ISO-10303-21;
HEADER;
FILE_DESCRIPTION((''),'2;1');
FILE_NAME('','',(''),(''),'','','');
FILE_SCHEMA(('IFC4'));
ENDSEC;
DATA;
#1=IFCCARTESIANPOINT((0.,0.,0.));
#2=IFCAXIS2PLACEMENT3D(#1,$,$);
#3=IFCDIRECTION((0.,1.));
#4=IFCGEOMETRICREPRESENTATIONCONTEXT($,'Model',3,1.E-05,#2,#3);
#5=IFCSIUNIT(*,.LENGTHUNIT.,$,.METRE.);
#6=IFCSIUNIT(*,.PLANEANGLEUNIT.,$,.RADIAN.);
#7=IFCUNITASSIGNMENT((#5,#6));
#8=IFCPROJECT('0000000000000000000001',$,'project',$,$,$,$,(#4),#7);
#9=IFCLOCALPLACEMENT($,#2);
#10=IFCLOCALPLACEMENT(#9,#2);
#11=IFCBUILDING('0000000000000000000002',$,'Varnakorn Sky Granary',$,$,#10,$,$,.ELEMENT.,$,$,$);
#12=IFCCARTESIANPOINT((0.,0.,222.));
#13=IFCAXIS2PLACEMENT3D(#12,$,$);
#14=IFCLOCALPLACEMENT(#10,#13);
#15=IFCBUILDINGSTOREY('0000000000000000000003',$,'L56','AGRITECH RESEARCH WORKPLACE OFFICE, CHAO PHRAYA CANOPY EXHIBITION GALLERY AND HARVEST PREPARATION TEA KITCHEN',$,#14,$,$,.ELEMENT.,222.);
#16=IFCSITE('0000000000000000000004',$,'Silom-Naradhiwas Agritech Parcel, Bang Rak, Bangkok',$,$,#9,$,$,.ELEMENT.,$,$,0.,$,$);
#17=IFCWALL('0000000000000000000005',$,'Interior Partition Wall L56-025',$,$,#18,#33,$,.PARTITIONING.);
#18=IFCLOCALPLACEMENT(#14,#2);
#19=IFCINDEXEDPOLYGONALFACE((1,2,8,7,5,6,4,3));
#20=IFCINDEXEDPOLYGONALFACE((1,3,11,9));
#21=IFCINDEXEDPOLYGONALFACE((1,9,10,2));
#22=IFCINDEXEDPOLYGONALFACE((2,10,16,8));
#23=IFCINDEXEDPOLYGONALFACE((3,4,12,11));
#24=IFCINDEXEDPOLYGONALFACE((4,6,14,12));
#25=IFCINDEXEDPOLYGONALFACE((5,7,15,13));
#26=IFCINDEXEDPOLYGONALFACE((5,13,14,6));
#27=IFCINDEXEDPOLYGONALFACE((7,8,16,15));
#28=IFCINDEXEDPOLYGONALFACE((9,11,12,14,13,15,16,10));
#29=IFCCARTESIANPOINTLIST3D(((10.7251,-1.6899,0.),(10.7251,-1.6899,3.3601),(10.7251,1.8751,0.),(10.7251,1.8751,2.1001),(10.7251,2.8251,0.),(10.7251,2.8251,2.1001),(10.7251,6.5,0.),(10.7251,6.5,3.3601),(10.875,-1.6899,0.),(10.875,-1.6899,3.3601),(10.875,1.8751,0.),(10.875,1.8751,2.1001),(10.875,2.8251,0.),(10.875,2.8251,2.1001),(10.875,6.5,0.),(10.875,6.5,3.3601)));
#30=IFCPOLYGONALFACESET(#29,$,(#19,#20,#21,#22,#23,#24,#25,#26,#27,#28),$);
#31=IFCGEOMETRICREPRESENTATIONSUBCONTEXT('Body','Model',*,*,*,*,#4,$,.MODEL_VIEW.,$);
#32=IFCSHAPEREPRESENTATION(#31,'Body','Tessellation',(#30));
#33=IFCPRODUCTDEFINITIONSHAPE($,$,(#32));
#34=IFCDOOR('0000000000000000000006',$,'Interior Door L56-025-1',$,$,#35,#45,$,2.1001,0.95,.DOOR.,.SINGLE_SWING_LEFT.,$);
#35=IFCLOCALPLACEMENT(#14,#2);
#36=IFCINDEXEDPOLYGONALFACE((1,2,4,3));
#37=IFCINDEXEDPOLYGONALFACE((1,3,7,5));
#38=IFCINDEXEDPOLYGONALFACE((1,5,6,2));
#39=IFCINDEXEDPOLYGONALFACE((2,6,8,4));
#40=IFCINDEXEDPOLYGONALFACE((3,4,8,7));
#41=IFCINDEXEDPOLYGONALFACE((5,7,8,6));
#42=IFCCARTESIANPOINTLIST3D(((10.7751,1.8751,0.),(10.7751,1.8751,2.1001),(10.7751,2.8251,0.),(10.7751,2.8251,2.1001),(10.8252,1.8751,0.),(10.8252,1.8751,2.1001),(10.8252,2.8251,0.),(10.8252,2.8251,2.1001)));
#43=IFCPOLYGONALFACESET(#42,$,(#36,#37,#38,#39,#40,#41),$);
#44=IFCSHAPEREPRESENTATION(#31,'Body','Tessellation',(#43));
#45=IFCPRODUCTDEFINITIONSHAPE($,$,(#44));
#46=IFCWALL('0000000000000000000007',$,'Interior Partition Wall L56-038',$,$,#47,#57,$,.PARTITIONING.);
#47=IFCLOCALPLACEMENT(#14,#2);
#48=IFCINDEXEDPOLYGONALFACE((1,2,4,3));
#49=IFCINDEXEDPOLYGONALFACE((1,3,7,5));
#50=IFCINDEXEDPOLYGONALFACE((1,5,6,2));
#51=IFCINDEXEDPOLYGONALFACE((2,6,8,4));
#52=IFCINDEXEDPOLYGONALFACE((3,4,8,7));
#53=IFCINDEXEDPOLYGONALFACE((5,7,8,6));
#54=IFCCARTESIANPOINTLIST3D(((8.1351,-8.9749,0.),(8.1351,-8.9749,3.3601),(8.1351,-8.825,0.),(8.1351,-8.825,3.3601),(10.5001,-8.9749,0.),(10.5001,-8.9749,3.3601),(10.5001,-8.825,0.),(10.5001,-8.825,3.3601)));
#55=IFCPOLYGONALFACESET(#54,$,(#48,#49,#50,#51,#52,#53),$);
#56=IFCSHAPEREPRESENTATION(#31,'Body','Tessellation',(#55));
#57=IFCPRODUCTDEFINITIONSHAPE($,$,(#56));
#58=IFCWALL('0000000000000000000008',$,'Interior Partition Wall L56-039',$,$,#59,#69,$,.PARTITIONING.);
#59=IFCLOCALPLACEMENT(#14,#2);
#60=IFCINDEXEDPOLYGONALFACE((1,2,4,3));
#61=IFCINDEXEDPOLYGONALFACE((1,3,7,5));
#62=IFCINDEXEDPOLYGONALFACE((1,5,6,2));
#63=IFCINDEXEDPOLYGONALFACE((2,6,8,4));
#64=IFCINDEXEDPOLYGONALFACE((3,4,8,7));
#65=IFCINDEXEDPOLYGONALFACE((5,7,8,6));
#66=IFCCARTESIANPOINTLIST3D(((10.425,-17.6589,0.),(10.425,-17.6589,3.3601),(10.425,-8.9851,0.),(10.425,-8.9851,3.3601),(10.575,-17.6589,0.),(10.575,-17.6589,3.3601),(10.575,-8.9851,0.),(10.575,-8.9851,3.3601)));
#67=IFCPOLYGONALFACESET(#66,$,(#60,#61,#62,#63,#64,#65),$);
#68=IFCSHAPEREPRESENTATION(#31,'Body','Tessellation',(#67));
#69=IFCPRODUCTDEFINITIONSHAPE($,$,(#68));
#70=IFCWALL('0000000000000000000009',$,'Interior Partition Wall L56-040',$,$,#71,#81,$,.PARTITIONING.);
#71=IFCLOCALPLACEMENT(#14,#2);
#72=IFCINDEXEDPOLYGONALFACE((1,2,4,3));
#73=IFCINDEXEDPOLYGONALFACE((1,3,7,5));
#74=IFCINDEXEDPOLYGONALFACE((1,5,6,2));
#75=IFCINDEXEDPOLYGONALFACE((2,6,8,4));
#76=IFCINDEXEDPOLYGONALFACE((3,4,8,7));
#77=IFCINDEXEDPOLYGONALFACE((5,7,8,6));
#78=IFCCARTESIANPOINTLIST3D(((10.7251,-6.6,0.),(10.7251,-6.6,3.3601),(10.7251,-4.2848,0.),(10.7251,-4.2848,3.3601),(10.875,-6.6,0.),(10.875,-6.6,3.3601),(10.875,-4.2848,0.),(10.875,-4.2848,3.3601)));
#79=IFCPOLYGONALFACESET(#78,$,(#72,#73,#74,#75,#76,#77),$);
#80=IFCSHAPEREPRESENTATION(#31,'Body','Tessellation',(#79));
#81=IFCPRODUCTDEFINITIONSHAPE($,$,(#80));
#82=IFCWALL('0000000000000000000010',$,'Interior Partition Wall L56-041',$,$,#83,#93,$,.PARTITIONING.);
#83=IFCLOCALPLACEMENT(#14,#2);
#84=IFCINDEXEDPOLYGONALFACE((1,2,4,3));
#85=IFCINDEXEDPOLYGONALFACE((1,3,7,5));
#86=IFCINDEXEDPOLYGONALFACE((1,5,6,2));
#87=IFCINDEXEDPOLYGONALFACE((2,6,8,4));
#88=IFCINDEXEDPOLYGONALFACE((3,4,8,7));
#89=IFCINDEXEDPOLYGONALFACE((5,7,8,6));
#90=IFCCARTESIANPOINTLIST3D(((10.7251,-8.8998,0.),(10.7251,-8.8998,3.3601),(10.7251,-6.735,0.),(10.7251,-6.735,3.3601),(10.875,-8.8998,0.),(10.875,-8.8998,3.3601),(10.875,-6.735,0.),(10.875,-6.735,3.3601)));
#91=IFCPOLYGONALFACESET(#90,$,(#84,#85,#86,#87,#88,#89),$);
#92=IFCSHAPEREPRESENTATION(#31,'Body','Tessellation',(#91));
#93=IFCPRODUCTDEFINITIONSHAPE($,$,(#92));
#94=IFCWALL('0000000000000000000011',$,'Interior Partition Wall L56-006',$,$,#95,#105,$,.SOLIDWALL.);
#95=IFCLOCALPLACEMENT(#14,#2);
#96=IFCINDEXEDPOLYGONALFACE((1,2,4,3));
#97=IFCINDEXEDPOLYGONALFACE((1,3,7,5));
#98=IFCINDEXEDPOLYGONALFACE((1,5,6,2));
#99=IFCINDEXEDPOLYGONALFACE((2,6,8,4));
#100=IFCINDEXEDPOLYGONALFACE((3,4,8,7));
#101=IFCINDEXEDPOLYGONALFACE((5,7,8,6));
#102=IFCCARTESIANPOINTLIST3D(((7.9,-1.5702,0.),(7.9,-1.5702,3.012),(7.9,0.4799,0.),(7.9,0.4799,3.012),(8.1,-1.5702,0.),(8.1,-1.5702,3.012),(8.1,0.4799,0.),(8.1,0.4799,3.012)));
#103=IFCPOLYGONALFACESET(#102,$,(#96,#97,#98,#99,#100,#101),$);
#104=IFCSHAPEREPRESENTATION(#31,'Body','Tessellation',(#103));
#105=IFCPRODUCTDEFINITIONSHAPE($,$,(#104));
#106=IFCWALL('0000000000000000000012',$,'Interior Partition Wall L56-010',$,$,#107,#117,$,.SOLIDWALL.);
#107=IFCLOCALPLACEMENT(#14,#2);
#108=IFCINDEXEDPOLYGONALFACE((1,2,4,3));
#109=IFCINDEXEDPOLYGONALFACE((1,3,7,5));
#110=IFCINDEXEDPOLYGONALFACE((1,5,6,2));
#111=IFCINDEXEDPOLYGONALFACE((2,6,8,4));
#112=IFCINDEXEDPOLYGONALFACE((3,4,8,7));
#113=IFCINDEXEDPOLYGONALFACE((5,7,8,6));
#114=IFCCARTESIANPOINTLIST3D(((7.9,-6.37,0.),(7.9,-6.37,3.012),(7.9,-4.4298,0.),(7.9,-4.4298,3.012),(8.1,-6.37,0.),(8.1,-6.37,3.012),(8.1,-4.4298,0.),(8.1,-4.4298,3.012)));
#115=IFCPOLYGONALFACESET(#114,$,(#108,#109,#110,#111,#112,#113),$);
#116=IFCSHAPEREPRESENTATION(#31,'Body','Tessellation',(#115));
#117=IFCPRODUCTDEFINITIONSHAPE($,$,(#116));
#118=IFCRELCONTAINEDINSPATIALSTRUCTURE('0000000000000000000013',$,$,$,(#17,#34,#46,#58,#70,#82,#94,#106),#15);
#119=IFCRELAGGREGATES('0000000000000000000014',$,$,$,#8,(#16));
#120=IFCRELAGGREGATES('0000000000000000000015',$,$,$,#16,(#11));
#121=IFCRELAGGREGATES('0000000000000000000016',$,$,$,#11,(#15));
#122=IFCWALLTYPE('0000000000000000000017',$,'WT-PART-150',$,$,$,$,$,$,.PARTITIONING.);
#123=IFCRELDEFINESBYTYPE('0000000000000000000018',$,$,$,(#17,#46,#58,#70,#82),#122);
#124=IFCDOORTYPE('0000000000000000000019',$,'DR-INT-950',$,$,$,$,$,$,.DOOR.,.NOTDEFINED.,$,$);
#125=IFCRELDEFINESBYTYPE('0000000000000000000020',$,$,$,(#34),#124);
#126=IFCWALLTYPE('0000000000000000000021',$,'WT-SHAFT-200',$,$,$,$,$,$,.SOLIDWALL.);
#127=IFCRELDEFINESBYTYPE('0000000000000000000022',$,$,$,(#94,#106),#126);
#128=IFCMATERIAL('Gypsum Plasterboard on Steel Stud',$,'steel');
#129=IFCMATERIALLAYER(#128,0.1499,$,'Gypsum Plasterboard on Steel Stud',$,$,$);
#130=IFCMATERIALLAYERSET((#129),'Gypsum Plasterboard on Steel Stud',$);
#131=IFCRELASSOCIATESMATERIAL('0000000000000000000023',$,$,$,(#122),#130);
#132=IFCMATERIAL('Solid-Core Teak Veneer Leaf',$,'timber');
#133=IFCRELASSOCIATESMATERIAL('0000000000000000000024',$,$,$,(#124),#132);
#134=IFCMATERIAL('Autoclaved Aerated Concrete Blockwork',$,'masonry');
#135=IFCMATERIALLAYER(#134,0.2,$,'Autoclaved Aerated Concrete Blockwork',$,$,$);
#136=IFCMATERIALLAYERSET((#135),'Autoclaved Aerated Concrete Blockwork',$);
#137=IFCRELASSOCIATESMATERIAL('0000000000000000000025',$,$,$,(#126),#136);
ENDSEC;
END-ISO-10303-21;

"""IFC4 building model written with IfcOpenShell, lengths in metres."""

from ifc_helpers import new_model, si_unit, direction, frame, frame_2d, origin, place, context, subcontext, project, spatial, rectangle, extrude, material, layer, layer_set, type_object, element, fill, save


model = new_model("IFC4")

# Units and contexts
model_context = context("Model", 3, precision=1e-05, world=origin(), true_north=direction((0.0, 1.0)))
body_context = subcontext(model_context, "Body", "Model", "MODEL_VIEW")
ifc_project = project(units=[si_unit("LENGTHUNIT", "METRE"), si_unit("PLANEANGLEUNIT", "RADIAN")], contexts=[model_context])

# Site, building, storey
site_placement = place(None, origin())
site = spatial("IfcSite", under=ifc_project, at=site_placement, Name="Silom-Naradhiwas Agritech Parcel, Bang Rak, Bangkok", CompositionType="ELEMENT", RefElevation=0.0)
building_placement = place(site_placement, origin())
building = spatial("IfcBuilding", under=site, at=building_placement, Name="Varnakorn Sky Granary", CompositionType="ELEMENT")
storey_placement = place(building_placement, frame((0.0, 0.0, 222.0)))
storey = spatial("IfcBuildingStorey", under=building, at=storey_placement, Name="L56", Description="AGRITECH RESEARCH WORKPLACE OFFICE, CHAO PHRAYA CANOPY EXHIBITION GALLERY AND HARVEST PREPARATION TEA KITCHEN", CompositionType="ELEMENT", Elevation=222.0)

# Wall, opening, door
ifc_material_1 = material(Name="Autoclaved Aerated Concrete Blockwork", Category="masonry")
ifc_material_2 = material(Name="Gypsum Plasterboard on Steel Stud", Category="steel")
ifc_layer_1 = layer(ifc_material_2, 0.1499, Name="Gypsum Plasterboard on Steel Stud")
ifc_layer_set_1 = layer_set([ifc_layer_1], Name="Gypsum Plasterboard on Steel Stud")
wall_type_1 = type_object("IfcWallType", Name="WT-PART-150", PredefinedType="PARTITIONING", material=ifc_layer_set_1)
ifc_material_3 = material(Name="Solid-Core Teak Veneer Leaf", Category="timber")
door_type_1 = type_object("IfcDoorType", Name="DR-INT-950", OperationType="NOTDEFINED", PredefinedType="DOOR", material=ifc_material_3)
wall_1_placement = place(storey_placement, frame((10.8, -1.6899, 0.0), z_axis=(0.0, 0.0, 1.0), x_axis=(0.0, 1.0, 0.0)))
wall_1 = element("IfcWall", 1, at=wall_1_placement, inside=storey, type_object=wall_type_1, Name="Interior Partition Wall L56-025", PredefinedType="PARTITIONING", context=body_context, shape_type="SweptSolid", body=[
    extrude(rectangle(XDim=8.1899, YDim=0.1499, at=frame_2d((4.095, 0.0))), origin(), (0.0, 0.0, 1.0), 3.3601),
])
opening_1_placement = place(wall_1_placement, frame((3.5649, 0.0, 0.0)))
opening_1 = element("IfcOpeningElement", 2, at=opening_1_placement, cuts=wall_1, PredefinedType="OPENING", context=body_context, shape_type="SweptSolid", body=[
    extrude(rectangle(XDim=0.95, YDim=2.1001, at=frame_2d((0.4751, 1.05))), frame((0.0, 0.085, 0.0), z_axis=(0.0, -1.0, 0.0), x_axis=(1.0, 0.0, 0.0)), (0.0, 0.0, 1.0), 0.1699),
])
door_1_placement = place(opening_1_placement, origin())
door_1 = element("IfcDoor", 3, at=door_1_placement, inside=storey, type_object=door_type_1, Name="Interior Door L56-025-1", OperationType="SINGLE_SWING_LEFT", OverallHeight=2.1001, OverallWidth=0.95, PredefinedType="DOOR", context=body_context, shape_type="SweptSolid", body=[
    extrude(rectangle(XDim=0.95, YDim=2.1001, at=frame_2d((0.4751, 1.05))), frame((0.0, 0.0249, 0.0), z_axis=(0.0, -1.0, 0.0), x_axis=(1.0, 0.0, 0.0)), (0.0, 0.0, 1.0), 0.05),
])
fill(opening_1, door_1)

# Walls
wall_2_placement = place(storey_placement, frame((8.135, -8.8999, 0.0), z_axis=(0.0, 0.0, 1.0), x_axis=(1.0, 0.0, 0.0)))
element("IfcWall", 4, at=wall_2_placement, inside=storey, type_object=wall_type_1, Name="Interior Partition Wall L56-038", PredefinedType="PARTITIONING", context=body_context, shape_type="SweptSolid", body=[
    extrude(rectangle(XDim=2.365, YDim=0.1499, at=frame_2d((1.1826, 0.0))), origin(), (0.0, 0.0, 1.0), 3.3601),
])
wall_3_placement = place(storey_placement, frame((10.5, -8.9851, 0.0), z_axis=(0.0, 0.0, 1.0), x_axis=(0.0, -1.0, 0.0)))
element("IfcWall", 5, at=wall_3_placement, inside=storey, type_object=wall_type_1, Name="Interior Partition Wall L56-039", PredefinedType="PARTITIONING", context=body_context, shape_type="SweptSolid", body=[
    extrude(rectangle(XDim=8.6738, YDim=0.1499, at=frame_2d((4.3369, 0.0))), origin(), (0.0, 0.0, 1.0), 3.3601),
])
wall_4_placement = place(storey_placement, frame((10.8, -6.6001, 0.0), z_axis=(0.0, 0.0, 1.0), x_axis=(0.0, 1.0, 0.0)))
element("IfcWall", 6, at=wall_4_placement, inside=storey, type_object=wall_type_1, Name="Interior Partition Wall L56-040", PredefinedType="PARTITIONING", context=body_context, shape_type="SweptSolid", body=[
    extrude(rectangle(XDim=2.3152, YDim=0.1499, at=frame_2d((1.1577, 0.0))), origin(), (0.0, 0.0, 1.0), 3.3601),
])
wall_5_placement = place(storey_placement, frame((10.8, -8.8999, 0.0), z_axis=(0.0, 0.0, 1.0), x_axis=(0.0, 1.0, 0.0)))
element("IfcWall", 7, at=wall_5_placement, inside=storey, type_object=wall_type_1, Name="Interior Partition Wall L56-041", PredefinedType="PARTITIONING", context=body_context, shape_type="SweptSolid", body=[
    extrude(rectangle(XDim=2.1648, YDim=0.1499, at=frame_2d((1.0825, 0.0))), origin(), (0.0, 0.0, 1.0), 3.3601),
])
ifc_layer_2 = layer(ifc_material_1, 0.2, Name="Autoclaved Aerated Concrete Blockwork")
ifc_layer_set_2 = layer_set([ifc_layer_2], Name="Autoclaved Aerated Concrete Blockwork")
wall_type_2 = type_object("IfcWallType", Name="WT-SHAFT-200", PredefinedType="SOLIDWALL", material=ifc_layer_set_2)
wall_6_placement = place(storey_placement, frame((8.0, -1.5701, 0.0), z_axis=(0.0, 0.0, 1.0), x_axis=(0.0, 1.0, 0.0)))
element("IfcWall", 8, at=wall_6_placement, inside=storey, type_object=wall_type_2, Name="Interior Partition Wall L56-006", PredefinedType="SOLIDWALL", context=body_context, shape_type="SweptSolid", body=[
    extrude(rectangle(XDim=2.05, YDim=0.2, at=frame_2d((1.0249, 0.0))), origin(), (0.0, 0.0, 1.0), 3.012),
])
wall_7_placement = place(storey_placement, frame((8.0, -6.3701, 0.0), z_axis=(0.0, 0.0, 1.0), x_axis=(0.0, 1.0, 0.0)))
element("IfcWall", 9, at=wall_7_placement, inside=storey, type_object=wall_type_2, Name="Interior Partition Wall L56-010", PredefinedType="SOLIDWALL", context=body_context, shape_type="SweptSolid", body=[
    extrude(rectangle(XDim=1.9402, YDim=0.2, at=frame_2d((0.9702, 0.0))), origin(), (0.0, 0.0, 1.0), 3.012),
])

save(model, "model.ifc")
